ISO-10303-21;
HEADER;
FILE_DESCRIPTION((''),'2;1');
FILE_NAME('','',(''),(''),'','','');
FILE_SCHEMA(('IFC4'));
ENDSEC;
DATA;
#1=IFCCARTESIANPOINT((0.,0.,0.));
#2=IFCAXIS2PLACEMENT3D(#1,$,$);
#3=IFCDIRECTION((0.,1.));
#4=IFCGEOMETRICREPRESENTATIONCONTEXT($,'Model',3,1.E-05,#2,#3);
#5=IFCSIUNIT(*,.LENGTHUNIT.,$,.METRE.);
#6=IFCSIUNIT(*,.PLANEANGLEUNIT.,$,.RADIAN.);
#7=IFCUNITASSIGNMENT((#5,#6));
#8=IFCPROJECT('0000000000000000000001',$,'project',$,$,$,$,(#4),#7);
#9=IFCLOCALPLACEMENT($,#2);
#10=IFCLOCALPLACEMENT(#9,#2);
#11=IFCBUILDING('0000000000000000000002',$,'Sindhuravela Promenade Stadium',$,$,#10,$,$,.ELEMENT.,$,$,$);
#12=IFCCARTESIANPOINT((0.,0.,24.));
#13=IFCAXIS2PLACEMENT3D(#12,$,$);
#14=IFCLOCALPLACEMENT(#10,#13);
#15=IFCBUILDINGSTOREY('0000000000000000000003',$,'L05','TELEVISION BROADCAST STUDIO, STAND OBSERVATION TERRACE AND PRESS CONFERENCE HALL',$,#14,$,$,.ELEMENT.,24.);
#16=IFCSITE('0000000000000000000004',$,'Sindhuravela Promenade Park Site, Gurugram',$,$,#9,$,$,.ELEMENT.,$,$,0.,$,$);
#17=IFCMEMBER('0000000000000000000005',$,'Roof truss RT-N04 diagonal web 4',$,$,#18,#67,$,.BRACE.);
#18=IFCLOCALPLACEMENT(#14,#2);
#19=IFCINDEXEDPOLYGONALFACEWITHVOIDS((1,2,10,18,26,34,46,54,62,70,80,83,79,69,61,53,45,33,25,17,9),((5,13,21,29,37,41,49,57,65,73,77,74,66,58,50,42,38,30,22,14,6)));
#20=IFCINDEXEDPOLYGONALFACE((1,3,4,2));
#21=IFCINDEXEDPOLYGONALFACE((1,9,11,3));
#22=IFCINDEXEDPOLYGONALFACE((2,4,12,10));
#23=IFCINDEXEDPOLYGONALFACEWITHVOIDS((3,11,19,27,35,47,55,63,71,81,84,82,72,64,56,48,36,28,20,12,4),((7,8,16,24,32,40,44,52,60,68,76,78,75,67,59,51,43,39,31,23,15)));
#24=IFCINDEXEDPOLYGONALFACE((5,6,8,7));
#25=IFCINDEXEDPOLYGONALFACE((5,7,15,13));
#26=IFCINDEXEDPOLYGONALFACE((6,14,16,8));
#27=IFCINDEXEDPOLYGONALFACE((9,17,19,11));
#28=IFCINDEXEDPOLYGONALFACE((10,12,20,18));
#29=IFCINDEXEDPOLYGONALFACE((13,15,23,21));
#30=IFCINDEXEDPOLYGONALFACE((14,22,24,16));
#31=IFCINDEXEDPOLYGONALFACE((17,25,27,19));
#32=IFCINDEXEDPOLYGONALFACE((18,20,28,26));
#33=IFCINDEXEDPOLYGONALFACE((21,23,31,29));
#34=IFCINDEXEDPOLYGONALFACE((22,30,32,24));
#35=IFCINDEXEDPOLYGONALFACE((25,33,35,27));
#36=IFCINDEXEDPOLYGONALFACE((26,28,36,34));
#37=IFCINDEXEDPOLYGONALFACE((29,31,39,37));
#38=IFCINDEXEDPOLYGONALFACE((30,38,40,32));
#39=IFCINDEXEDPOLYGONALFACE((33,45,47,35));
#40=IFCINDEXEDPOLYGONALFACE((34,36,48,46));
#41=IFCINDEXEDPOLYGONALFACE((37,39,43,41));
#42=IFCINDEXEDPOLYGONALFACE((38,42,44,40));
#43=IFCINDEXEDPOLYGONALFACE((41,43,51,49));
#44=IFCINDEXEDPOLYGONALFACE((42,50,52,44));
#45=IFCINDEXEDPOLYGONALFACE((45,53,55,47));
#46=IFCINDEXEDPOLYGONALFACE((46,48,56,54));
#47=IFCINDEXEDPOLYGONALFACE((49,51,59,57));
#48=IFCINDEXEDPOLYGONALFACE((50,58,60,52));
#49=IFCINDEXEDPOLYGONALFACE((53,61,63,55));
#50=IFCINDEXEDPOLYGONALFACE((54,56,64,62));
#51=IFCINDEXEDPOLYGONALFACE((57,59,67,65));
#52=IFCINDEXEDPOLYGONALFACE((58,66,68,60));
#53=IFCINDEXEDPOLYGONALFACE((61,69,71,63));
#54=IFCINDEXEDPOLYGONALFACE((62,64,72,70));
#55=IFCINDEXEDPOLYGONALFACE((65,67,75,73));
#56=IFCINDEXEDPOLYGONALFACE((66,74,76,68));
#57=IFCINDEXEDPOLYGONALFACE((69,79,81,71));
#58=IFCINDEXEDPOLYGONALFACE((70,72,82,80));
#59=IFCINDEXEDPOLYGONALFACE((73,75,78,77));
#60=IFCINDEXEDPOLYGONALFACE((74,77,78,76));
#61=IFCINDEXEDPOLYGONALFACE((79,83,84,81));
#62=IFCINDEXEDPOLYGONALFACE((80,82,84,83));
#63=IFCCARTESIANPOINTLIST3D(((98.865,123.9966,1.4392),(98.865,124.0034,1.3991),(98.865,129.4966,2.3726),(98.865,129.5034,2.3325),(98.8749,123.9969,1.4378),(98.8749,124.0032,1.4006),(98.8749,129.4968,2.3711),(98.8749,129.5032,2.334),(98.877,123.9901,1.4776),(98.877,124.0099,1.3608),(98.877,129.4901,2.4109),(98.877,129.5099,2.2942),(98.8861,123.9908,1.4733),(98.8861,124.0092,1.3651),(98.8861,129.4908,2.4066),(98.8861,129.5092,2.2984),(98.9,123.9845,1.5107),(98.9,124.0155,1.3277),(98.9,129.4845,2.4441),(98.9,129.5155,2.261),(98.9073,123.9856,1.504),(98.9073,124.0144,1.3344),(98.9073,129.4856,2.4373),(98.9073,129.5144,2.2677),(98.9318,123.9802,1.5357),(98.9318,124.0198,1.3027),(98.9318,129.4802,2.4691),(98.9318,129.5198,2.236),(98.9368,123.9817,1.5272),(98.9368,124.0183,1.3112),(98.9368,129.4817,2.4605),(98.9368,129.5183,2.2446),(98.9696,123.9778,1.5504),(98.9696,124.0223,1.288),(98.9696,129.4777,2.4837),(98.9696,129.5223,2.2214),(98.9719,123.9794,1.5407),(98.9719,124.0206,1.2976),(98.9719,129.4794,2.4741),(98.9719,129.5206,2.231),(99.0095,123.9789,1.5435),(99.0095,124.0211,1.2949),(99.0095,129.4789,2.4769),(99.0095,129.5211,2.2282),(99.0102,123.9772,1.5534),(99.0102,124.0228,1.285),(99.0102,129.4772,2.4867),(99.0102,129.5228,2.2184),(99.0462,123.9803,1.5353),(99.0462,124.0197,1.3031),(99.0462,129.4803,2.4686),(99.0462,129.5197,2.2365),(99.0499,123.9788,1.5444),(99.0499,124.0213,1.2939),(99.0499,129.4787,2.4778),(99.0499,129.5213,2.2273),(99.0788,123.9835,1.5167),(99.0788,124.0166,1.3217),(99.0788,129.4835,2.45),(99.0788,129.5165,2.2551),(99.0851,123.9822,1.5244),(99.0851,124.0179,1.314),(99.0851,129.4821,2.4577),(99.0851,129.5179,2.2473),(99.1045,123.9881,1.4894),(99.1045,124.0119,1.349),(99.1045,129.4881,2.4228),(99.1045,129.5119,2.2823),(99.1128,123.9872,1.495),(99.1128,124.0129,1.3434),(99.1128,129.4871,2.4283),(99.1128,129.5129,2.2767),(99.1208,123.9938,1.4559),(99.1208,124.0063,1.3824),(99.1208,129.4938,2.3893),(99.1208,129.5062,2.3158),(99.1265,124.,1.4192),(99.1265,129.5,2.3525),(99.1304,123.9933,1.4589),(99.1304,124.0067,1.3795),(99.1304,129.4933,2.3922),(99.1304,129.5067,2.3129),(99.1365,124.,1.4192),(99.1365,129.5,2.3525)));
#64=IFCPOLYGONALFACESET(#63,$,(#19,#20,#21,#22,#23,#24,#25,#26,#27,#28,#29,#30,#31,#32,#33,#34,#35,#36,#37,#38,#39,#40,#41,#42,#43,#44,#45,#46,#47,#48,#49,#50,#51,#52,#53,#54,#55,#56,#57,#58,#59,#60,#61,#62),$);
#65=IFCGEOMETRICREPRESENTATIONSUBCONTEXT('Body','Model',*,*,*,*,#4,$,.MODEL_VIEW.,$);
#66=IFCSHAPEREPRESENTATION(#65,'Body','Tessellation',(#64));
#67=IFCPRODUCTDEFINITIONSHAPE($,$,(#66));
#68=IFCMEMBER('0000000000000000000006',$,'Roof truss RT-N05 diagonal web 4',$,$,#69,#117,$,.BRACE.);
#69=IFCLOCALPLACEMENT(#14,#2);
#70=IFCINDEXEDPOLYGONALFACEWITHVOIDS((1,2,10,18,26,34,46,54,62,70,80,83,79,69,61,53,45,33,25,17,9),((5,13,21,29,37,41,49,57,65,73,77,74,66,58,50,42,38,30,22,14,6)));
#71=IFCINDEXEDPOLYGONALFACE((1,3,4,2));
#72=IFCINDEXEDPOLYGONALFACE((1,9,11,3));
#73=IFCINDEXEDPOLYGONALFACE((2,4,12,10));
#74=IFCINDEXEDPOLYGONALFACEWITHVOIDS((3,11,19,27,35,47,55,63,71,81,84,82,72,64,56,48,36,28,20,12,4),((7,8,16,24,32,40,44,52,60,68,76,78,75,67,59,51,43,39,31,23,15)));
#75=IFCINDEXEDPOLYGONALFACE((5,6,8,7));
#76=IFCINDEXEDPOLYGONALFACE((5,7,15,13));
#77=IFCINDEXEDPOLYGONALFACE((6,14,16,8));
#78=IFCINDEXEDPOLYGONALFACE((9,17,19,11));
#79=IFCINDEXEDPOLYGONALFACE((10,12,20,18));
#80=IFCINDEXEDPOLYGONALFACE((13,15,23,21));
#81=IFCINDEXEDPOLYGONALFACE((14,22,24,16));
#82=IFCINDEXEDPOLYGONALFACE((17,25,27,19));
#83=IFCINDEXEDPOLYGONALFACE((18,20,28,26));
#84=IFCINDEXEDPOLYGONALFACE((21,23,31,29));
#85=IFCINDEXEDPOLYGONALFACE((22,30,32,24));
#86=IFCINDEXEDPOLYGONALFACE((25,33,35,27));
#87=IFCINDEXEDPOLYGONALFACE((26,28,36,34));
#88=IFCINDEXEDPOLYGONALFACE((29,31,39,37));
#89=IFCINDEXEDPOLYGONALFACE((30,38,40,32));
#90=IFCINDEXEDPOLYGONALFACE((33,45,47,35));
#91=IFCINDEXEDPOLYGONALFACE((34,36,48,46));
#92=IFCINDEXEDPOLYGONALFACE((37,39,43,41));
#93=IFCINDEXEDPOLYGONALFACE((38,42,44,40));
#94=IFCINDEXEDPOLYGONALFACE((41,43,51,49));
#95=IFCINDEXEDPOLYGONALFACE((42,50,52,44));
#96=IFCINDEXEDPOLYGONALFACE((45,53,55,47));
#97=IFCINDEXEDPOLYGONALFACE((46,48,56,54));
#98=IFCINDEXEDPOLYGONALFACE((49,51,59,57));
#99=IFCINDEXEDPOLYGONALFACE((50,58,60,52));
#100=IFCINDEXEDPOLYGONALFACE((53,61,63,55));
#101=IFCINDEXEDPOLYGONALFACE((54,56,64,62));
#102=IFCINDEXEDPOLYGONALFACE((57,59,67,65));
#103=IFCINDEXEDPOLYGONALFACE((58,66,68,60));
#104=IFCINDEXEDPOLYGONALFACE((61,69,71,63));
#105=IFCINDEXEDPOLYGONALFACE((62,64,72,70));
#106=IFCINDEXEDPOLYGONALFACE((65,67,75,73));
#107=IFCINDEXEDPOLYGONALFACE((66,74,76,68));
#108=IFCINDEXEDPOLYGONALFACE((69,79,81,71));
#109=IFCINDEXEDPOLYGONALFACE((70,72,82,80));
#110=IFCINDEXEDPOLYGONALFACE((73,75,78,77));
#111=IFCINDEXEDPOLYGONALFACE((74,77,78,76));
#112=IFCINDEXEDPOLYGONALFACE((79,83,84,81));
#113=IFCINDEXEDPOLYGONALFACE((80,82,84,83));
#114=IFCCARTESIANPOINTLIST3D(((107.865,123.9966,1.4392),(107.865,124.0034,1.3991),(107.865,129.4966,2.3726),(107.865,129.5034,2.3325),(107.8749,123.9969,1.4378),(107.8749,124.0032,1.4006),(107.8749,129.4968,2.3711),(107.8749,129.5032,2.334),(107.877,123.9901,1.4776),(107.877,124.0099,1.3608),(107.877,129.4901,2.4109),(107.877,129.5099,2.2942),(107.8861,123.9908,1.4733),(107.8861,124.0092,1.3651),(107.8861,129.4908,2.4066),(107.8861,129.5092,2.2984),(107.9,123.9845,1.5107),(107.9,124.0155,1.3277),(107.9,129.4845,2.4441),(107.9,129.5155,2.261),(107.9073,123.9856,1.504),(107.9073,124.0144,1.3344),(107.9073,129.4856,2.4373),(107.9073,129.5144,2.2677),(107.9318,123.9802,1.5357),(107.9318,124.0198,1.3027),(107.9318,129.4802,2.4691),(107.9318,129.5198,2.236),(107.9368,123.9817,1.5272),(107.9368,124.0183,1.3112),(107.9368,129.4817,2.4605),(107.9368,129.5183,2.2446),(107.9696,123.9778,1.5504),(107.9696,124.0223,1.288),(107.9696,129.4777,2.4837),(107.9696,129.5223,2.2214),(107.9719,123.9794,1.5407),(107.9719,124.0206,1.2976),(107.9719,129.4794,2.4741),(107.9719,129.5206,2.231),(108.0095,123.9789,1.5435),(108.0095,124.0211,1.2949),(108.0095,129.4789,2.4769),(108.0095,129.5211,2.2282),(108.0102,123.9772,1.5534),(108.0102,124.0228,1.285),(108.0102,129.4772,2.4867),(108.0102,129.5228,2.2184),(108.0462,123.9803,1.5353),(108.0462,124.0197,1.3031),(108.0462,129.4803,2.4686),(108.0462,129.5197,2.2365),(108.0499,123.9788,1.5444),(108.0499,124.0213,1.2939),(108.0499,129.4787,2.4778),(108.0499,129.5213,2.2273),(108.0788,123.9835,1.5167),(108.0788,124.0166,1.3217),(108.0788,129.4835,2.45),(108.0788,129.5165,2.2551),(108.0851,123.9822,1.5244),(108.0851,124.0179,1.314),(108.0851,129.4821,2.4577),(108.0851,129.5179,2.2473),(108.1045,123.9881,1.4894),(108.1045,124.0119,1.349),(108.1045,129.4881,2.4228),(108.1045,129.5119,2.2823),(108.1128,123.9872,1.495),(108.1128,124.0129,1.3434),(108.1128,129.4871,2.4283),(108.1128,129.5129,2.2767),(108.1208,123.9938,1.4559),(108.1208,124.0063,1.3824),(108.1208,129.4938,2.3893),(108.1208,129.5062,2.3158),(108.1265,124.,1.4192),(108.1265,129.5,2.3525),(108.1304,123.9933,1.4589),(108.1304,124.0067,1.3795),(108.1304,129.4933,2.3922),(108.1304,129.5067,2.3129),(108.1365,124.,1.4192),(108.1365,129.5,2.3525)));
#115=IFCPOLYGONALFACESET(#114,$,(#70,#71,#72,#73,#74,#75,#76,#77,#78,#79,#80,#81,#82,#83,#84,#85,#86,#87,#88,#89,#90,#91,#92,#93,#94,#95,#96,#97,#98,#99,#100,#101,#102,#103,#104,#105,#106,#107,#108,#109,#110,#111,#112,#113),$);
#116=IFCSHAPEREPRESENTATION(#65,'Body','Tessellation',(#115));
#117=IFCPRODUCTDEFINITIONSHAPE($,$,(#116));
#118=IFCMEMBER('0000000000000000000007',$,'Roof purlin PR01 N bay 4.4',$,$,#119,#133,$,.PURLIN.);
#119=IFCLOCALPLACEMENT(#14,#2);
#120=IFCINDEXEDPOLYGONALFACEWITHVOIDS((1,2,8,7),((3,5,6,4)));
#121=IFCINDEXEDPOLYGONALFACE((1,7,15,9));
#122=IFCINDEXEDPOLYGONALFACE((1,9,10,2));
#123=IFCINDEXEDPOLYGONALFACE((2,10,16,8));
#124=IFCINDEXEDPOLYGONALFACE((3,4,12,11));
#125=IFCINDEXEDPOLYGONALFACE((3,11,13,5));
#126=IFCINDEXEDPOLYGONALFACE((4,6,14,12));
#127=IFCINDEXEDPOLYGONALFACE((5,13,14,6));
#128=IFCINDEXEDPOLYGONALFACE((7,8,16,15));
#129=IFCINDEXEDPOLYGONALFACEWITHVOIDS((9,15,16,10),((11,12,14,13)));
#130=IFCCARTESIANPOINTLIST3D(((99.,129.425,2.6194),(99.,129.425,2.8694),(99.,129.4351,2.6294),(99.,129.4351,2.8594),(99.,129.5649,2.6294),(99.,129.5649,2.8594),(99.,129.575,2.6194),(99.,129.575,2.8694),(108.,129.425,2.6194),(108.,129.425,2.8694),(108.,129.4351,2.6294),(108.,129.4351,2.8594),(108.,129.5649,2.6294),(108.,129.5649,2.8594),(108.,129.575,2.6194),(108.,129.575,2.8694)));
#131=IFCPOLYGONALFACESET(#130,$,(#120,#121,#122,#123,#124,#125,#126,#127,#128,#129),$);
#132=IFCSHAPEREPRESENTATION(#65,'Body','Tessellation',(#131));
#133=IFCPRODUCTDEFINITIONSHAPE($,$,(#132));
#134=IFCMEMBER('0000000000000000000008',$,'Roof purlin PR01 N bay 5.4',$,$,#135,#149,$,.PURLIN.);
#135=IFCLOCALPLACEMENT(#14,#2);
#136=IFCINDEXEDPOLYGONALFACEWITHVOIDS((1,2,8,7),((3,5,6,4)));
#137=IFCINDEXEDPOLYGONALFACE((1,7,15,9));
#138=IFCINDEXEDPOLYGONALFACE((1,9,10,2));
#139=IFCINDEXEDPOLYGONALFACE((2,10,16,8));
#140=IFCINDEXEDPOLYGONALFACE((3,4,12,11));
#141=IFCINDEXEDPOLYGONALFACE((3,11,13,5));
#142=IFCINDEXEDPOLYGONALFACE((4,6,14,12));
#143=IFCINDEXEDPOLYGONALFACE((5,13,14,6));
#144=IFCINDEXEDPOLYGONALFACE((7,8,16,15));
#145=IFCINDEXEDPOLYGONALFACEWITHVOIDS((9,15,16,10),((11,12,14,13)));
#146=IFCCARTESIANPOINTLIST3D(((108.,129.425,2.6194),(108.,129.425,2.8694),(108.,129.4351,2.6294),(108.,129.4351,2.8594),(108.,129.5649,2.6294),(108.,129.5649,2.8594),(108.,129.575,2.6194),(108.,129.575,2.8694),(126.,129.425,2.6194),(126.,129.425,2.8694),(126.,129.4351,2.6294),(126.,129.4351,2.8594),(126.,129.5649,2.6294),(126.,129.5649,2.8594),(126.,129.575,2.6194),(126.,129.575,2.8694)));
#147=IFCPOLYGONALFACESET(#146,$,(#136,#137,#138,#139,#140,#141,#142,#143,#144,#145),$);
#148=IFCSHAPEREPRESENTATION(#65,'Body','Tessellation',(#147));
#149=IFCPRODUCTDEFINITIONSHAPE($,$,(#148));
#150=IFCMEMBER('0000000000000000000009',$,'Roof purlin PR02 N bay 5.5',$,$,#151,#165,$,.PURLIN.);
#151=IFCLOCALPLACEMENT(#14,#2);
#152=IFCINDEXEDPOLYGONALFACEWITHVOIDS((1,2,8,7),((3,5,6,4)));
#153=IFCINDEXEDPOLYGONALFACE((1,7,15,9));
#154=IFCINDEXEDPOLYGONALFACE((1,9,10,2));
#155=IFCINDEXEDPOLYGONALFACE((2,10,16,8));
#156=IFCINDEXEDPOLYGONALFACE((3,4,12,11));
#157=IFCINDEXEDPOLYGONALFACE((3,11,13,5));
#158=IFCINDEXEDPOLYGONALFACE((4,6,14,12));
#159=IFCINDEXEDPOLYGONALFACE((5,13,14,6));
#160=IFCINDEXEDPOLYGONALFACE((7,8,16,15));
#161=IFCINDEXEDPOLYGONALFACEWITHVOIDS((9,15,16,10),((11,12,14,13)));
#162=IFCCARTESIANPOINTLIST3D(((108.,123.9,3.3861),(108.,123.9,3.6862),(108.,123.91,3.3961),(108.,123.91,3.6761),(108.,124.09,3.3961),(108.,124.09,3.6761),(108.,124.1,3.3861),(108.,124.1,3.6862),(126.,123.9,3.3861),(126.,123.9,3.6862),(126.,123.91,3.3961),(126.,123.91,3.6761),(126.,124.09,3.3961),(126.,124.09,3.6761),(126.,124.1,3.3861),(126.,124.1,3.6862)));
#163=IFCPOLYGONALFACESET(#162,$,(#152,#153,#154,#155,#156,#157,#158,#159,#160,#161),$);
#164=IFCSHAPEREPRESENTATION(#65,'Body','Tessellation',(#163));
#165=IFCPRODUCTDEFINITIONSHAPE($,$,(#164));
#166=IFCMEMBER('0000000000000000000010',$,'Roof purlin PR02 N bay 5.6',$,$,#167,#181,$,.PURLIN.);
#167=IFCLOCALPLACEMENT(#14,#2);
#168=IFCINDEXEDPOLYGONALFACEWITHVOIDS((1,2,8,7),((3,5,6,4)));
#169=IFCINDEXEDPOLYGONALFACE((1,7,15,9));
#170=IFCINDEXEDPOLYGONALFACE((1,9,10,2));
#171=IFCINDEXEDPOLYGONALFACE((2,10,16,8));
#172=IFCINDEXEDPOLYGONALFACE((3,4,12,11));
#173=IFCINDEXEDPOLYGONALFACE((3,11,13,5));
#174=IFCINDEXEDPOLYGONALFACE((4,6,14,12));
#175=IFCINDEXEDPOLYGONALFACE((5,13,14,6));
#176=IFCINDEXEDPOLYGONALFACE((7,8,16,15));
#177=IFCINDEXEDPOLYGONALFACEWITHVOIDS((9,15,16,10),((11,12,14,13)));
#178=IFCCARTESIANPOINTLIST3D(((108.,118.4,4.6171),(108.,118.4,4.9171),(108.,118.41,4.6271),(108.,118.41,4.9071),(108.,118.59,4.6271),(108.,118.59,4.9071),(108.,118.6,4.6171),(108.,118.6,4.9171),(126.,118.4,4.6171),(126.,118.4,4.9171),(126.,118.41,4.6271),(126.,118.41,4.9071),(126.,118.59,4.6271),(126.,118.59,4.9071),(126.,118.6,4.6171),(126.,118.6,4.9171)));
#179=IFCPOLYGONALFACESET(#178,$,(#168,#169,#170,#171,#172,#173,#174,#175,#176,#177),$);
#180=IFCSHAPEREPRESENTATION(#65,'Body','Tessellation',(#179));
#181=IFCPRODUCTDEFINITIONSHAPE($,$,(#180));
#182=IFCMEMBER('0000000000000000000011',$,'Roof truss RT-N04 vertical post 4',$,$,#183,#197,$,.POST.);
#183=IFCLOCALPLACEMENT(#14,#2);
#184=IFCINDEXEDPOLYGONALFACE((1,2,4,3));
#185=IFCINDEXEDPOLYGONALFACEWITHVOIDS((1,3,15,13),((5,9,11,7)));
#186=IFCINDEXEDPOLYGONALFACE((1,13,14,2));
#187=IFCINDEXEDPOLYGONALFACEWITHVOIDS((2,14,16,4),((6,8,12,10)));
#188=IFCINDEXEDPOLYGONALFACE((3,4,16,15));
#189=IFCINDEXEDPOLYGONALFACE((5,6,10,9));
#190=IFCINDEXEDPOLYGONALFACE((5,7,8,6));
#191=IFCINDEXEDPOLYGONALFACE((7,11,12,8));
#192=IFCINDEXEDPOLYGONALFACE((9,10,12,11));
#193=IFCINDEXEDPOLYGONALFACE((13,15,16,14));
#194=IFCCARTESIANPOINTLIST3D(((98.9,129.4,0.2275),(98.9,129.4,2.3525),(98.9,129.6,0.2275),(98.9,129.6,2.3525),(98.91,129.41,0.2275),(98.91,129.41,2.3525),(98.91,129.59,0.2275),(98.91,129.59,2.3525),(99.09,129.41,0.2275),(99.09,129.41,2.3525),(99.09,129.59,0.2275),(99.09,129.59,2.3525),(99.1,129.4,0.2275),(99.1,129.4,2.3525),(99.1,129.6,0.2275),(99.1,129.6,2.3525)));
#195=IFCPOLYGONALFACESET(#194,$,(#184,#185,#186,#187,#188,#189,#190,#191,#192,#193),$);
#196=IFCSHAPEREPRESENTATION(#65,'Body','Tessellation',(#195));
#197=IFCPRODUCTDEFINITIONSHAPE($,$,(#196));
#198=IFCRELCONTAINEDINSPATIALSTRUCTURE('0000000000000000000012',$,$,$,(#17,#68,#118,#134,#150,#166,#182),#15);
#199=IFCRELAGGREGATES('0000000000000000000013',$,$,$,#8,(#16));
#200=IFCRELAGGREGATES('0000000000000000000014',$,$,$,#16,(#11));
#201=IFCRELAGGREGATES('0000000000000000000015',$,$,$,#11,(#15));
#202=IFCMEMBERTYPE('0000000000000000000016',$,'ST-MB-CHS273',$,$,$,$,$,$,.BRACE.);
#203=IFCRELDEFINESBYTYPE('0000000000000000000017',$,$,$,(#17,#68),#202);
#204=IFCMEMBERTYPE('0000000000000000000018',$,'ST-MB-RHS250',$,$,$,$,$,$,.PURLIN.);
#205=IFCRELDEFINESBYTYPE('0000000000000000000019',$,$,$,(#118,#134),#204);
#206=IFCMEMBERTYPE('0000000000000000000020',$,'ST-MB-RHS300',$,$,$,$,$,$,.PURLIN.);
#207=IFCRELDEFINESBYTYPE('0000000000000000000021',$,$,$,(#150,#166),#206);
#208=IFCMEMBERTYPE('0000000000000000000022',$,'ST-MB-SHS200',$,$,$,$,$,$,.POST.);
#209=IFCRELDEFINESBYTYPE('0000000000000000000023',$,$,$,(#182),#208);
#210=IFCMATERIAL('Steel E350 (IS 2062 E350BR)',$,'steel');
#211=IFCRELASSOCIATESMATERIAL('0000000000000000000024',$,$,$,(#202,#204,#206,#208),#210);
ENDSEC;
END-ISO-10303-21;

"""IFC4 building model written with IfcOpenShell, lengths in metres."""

from ifc_helpers import new_model, si_unit, direction, frame, origin, origin_2d, place, context, subcontext, project, spatial, hollow_rectangle, hollow_circle, extrude, material, material_profile, profile_set, type_object, element, save


model = new_model("IFC4")

# Units and contexts
model_context = context("Model", 3, precision=1e-05, world=origin(), true_north=direction((0.0, 1.0)))
body_context = subcontext(model_context, "Body", "Model", "MODEL_VIEW")
ifc_project = project(units=[si_unit("LENGTHUNIT", "METRE"), si_unit("PLANEANGLEUNIT", "RADIAN")], contexts=[model_context])

# Site, building, storey
site_placement = place(None, origin())
site = spatial("IfcSite", under=ifc_project, at=site_placement, Name="Sindhuravela Promenade Park Site, Gurugram", CompositionType="ELEMENT", RefElevation=0.0)
building_placement = place(site_placement, origin())
building = spatial("IfcBuilding", under=site, at=building_placement, Name="Sindhuravela Promenade Stadium", CompositionType="ELEMENT")
storey_placement = place(building_placement, frame((0.0, 0.0, 24.0)))
storey = spatial("IfcBuildingStorey", under=building, at=storey_placement, Name="L05", Description="TELEVISION BROADCAST STUDIO, STAND OBSERVATION TERRACE AND PRESS CONFERENCE HALL", CompositionType="ELEMENT", Elevation=24.0)

# Shared definitions
ifc_material_1 = material(Name="Steel E350 (IS 2062 E350BR)", Category="steel")

# Members
ifc_material_profile_1 = material_profile(ifc_material_1, hollow_circle(Radius=0.1365, WallThickness=0.01, at=origin_2d()), Name="CHS 273.0x10")
ifc_profile_set_1 = profile_set([ifc_material_profile_1], Name="Steel E350 (IS 2062 E350BR)")
member_type_1 = type_object("IfcMemberType", Name="ST-MB-CHS273", PredefinedType="BRACE", material=ifc_profile_set_1)
for number, where, z_axis, x_axis, name in (
    (1, (99.0, 129.5, 2.3525), (0.0, -0.985905, -0.167308), (1.0, 0.0, 0.0), "Roof truss RT-N04 diagonal web 4"),
    (2, (108.0, 129.5, 2.3525), (0.0, -0.985905, -0.167308), (1.0, 0.0, 0.0), "Roof truss RT-N05 diagonal web 4"),
):
    element("IfcMember", number, at=place(storey_placement, frame(where, z_axis=z_axis, x_axis=x_axis)), inside=storey, type_object=member_type_1, Name=name, PredefinedType="BRACE", context=body_context, shape_type="SweptSolid", body=[
        extrude(hollow_circle(Radius=0.1365, WallThickness=0.01, at=origin_2d()), origin(), (0.0, 0.0, 1.0), 5.5786),
    ])
ifc_material_profile_2 = material_profile(ifc_material_1, hollow_rectangle(XDim=0.1499, YDim=0.25, WallThickness=0.01, at=origin_2d()), Name="RHS 250x150x10")
ifc_profile_set_2 = profile_set([ifc_material_profile_2], Name="Steel E350 (IS 2062 E350BR)")
member_type_2 = type_object("IfcMemberType", Name="ST-MB-RHS250", PredefinedType="PURLIN", material=ifc_profile_set_2)
member_1_placement = place(storey_placement, frame((99.0, 129.5, 2.7444), z_axis=(1.0, 0.0, 0.0), x_axis=(0.0, 1.0, 0.0)))
element("IfcMember", 3, at=member_1_placement, inside=storey, type_object=member_type_2, Name="Roof purlin PR01 N bay 4.4", PredefinedType="PURLIN", context=body_context, shape_type="SweptSolid", body=[
    extrude(hollow_rectangle(XDim=0.1499, YDim=0.25, WallThickness=0.01, at=origin_2d()), origin(), (0.0, 0.0, 1.0), 9.0),
])
member_2_placement = place(storey_placement, frame((108.0, 129.5, 2.7444), z_axis=(1.0, 0.0, 0.0), x_axis=(0.0, 1.0, 0.0)))
element("IfcMember", 4, at=member_2_placement, inside=storey, type_object=member_type_2, Name="Roof purlin PR01 N bay 5.4", PredefinedType="PURLIN", context=body_context, shape_type="SweptSolid", body=[
    extrude(hollow_rectangle(XDim=0.1499, YDim=0.25, WallThickness=0.01, at=origin_2d()), origin(), (0.0, 0.0, 1.0), 18.0),
])
ifc_material_profile_3 = material_profile(ifc_material_1, hollow_rectangle(XDim=0.2, YDim=0.3, WallThickness=0.01, at=origin_2d()), Name="RHS 300x200x10")
ifc_profile_set_3 = profile_set([ifc_material_profile_3], Name="Steel E350 (IS 2062 E350BR)")
member_type_3 = type_object("IfcMemberType", Name="ST-MB-RHS300", PredefinedType="PURLIN", material=ifc_profile_set_3)
for number, where, z_axis, x_axis, name in (
    (5, (108.0, 124.0, 3.5361), (1.0, 0.0, 0.0), (0.0, 1.0, 0.0), "Roof purlin PR02 N bay 5.5"),
    (6, (108.0, 118.5, 4.7671), (1.0, 0.0, 0.0), (0.0, 1.0, 0.0), "Roof purlin PR02 N bay 5.6"),
):
    element("IfcMember", number, at=place(storey_placement, frame(where, z_axis=z_axis, x_axis=x_axis)), inside=storey, type_object=member_type_3, Name=name, PredefinedType="PURLIN", context=body_context, shape_type="SweptSolid", body=[
        extrude(hollow_rectangle(XDim=0.2, YDim=0.3, WallThickness=0.01, at=origin_2d()), origin(), (0.0, 0.0, 1.0), 18.0),
    ])
ifc_material_profile_4 = material_profile(ifc_material_1, hollow_rectangle(XDim=0.2, YDim=0.2, WallThickness=0.01, at=origin_2d()), Name="SHS 200x200x10")
ifc_profile_set_4 = profile_set([ifc_material_profile_4], Name="Steel E350 (IS 2062 E350BR)")
member_type_4 = type_object("IfcMemberType", Name="ST-MB-SHS200", PredefinedType="POST", material=ifc_profile_set_4)
for number, where, z_axis, x_axis, name in (
    (7, (99.0, 129.5, 0.2275), (0.0, 0.0, 1.0), (1.0, 0.0, 0.0), "Roof truss RT-N04 vertical post 4"),
):
    element("IfcMember", number, at=place(storey_placement, frame(where, z_axis=z_axis, x_axis=x_axis)), inside=storey, type_object=member_type_4, Name=name, PredefinedType="POST", context=body_context, shape_type="SweptSolid", body=[
        extrude(hollow_rectangle(XDim=0.2, YDim=0.2, WallThickness=0.01, at=origin_2d()), origin(), (0.0, 0.0, 1.0), 2.125),
    ])

save(model, "model.ifc")
